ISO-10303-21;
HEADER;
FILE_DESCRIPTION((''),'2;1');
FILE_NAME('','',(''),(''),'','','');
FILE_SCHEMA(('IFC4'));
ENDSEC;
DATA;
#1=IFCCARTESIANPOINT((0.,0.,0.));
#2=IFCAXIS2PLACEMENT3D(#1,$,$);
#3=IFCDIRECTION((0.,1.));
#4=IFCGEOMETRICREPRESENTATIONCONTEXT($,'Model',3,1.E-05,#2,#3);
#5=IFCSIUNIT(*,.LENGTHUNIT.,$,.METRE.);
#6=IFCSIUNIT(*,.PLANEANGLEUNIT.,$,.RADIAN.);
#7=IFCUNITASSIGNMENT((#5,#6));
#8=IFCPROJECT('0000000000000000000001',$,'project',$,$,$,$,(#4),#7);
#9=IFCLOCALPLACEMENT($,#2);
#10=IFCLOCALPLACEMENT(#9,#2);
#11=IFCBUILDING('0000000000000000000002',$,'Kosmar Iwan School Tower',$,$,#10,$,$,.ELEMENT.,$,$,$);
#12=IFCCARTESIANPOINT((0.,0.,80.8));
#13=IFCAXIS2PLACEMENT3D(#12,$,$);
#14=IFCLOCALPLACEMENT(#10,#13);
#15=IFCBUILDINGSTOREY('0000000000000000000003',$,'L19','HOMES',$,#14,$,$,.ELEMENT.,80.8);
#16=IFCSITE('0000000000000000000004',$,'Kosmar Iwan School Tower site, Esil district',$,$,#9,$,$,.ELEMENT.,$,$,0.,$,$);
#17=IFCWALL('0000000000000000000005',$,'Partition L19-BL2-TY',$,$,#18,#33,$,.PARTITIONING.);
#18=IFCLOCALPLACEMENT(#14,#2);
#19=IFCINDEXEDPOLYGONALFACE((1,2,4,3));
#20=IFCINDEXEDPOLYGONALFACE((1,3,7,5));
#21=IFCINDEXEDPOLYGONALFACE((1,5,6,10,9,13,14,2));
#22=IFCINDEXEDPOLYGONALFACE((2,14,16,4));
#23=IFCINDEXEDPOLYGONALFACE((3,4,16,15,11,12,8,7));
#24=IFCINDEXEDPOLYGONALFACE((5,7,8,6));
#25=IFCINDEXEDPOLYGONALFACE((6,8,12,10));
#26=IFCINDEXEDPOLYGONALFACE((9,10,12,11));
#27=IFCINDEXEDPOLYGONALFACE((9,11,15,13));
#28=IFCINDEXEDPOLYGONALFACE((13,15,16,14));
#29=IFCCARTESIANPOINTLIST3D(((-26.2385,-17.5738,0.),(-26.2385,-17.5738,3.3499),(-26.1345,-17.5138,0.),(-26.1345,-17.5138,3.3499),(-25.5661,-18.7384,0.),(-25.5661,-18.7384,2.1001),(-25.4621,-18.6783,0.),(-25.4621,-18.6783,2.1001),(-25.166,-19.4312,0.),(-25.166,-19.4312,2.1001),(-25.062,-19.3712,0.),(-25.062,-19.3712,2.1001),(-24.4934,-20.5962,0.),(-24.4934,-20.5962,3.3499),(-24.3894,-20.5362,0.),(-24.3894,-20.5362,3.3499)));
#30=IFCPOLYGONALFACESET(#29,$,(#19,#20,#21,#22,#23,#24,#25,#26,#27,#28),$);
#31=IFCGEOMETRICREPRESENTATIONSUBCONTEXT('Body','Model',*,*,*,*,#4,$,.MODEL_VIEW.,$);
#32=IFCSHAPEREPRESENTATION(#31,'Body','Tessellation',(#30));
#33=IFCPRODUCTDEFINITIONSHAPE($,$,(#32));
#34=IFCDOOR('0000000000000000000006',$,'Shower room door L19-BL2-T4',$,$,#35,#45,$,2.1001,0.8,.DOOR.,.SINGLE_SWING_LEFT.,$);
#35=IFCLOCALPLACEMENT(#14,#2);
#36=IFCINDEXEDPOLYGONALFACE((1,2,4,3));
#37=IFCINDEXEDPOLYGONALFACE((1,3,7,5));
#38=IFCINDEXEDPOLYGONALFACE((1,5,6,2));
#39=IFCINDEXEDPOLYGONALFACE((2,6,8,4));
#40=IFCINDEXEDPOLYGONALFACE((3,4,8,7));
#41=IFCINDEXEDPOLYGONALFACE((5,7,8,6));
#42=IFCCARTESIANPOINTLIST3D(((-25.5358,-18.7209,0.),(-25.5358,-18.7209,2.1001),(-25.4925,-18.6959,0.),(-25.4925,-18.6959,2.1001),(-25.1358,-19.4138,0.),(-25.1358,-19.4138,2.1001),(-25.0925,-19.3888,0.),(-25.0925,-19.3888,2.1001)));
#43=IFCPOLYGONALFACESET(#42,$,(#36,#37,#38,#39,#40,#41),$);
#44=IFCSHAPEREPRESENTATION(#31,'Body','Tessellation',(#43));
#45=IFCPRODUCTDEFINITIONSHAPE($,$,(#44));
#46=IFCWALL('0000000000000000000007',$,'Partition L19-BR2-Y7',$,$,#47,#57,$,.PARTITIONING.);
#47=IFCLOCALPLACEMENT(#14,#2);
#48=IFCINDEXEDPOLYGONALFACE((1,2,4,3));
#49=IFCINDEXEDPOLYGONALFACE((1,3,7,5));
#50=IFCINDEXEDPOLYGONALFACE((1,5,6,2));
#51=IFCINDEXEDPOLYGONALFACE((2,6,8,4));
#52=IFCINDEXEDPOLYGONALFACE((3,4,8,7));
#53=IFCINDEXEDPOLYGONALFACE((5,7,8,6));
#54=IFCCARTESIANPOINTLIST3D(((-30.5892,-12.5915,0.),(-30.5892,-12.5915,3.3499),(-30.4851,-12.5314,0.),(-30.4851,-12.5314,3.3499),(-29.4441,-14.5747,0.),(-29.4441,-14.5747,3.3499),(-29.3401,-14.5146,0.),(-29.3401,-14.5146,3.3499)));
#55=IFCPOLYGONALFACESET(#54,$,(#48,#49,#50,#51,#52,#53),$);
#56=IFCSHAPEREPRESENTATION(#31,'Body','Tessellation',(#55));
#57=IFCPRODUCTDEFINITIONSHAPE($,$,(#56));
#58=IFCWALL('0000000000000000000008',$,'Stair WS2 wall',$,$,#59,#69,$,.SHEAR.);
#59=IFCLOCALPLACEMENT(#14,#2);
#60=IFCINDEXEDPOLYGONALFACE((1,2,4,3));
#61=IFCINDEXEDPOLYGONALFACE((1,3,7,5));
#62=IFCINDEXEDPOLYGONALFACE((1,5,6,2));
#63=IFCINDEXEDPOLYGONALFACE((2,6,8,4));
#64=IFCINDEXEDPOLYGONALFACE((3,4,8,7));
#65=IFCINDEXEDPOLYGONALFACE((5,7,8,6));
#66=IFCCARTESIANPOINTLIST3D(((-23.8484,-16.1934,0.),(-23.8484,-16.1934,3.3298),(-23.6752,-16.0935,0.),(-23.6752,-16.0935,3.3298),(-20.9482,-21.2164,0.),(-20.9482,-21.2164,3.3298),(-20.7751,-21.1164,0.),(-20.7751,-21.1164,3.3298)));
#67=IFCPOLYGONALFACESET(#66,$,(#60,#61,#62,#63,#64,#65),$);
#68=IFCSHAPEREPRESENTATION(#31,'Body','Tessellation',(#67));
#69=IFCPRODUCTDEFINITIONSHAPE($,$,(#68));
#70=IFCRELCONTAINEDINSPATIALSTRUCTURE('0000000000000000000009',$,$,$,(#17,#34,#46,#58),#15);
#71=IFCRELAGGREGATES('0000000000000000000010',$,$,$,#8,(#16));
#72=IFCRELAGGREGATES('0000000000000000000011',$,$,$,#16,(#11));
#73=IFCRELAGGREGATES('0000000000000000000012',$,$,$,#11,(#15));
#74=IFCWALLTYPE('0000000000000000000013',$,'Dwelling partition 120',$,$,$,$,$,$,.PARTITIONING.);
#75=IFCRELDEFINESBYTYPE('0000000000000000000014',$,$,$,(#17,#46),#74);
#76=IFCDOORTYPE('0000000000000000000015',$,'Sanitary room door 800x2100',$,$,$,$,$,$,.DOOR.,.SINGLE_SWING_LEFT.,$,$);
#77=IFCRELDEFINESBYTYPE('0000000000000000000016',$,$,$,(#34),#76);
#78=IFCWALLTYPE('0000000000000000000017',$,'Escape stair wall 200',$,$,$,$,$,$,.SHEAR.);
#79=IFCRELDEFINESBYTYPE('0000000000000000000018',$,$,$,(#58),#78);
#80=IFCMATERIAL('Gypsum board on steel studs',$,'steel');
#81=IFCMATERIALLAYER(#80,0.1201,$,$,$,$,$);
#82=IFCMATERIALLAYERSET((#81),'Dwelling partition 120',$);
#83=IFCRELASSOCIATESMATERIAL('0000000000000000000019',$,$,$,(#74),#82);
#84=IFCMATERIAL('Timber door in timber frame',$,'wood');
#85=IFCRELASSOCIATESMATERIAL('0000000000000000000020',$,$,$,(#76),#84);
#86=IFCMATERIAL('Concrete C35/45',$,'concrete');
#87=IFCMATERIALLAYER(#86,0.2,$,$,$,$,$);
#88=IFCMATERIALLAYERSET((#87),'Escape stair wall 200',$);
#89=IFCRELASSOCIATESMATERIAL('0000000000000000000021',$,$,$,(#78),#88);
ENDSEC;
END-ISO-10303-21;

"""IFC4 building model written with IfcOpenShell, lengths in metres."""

from ifc_helpers import new_model, si_unit, direction, frame, frame_2d, origin, place, context, subcontext, project, spatial, rectangle, extrude, material, layer, layer_set, type_object, element, fill, save


model = new_model("IFC4")

# Units and contexts
model_context = context("Model", 3, precision=1e-05, world=origin(), true_north=direction((0.0, 1.0)))
body_context = subcontext(model_context, "Body", "Model", "MODEL_VIEW")
ifc_project = project(units=[si_unit("LENGTHUNIT", "METRE"), si_unit("PLANEANGLEUNIT", "RADIAN")], contexts=[model_context])

# Site, building, storey
site_placement = place(None, origin())
site = spatial("IfcSite", under=ifc_project, at=site_placement, Name="Kosmar Iwan School Tower site, Esil district", CompositionType="ELEMENT", RefElevation=0.0)
building_placement = place(site_placement, origin())
building = spatial("IfcBuilding", under=site, at=building_placement, Name="Kosmar Iwan School Tower", CompositionType="ELEMENT")
storey_placement = place(building_placement, frame((0.0, 0.0, 80.8)))
storey = spatial("IfcBuildingStorey", under=building, at=storey_placement, Name="L19", Description="HOMES", CompositionType="ELEMENT", Elevation=80.8)

# Wall, opening, door
ifc_material_1 = material(Name="Gypsum board on steel studs", Category="steel")
ifc_layer_1 = layer(ifc_material_1, 0.1201)
ifc_layer_set_1 = layer_set([ifc_layer_1], Name="Dwelling partition 120")
wall_type_1 = type_object("IfcWallType", Name="Dwelling partition 120", PredefinedType="PARTITIONING", material=ifc_layer_set_1)
wall_1_placement = place(storey_placement, frame((-26.1865, -17.5437, 0.0), z_axis=(0.0, 0.0, 1.0), x_axis=(0.500021, -0.866013, 0.0)))
wall_1 = element("IfcWall", 1, at=wall_1_placement, inside=storey, type_object=wall_type_1, Name="Partition L19-BL2-TY", PredefinedType="PARTITIONING", context=body_context, shape_type="SweptSolid", body=[
    extrude(rectangle(XDim=3.49, YDim=0.1201, at=frame_2d((1.7451, 0.0))), origin(), (0.0, 0.0, 1.0), 3.3499),
])
opening_1_placement = place(wall_1_placement, frame((1.345, 0.0, 0.0)))
opening_1 = element("IfcOpeningElement", 2, at=opening_1_placement, cuts=wall_1, PredefinedType="OPENING", context=body_context, shape_type="SweptSolid", body=[
    extrude(rectangle(XDim=0.8, YDim=2.1001, at=frame_2d((0.3999, 1.05))), frame((0.0, 0.072, 0.0), z_axis=(0.0, -1.0, 0.0), x_axis=(1.0, 0.0, 0.0)), (0.0, 0.0, 1.0), 0.144),
])
ifc_material_2 = material(Name="Timber door in timber frame", Category="wood")
door_type_1 = type_object("IfcDoorType", Name="Sanitary room door 800x2100", OperationType="SINGLE_SWING_LEFT", PredefinedType="DOOR", material=ifc_material_2)
door_1_placement = place(opening_1_placement, origin())
door_1 = element("IfcDoor", 3, at=door_1_placement, inside=storey, type_object=door_type_1, Name="Shower room door L19-BL2-T4", OperationType="SINGLE_SWING_LEFT", OverallHeight=2.1001, OverallWidth=0.8, PredefinedType="DOOR", context=body_context, shape_type="SweptSolid", body=[
    extrude(rectangle(XDim=0.8, YDim=2.1001, at=frame_2d((0.3999, 1.05))), frame((0.0, 0.0249, 0.0), z_axis=(0.0, -1.0, 0.0), x_axis=(1.0, 0.0, 0.0)), (0.0, 0.0, 1.0), 0.05),
])
fill(opening_1, door_1)

# Walls
wall_2_placement = place(storey_placement, frame((-29.3921, -14.5447, 0.0), z_axis=(0.0, 0.0, 1.0), x_axis=(-0.500015, 0.866017, 0.0)))
element("IfcWall", 4, at=wall_2_placement, inside=storey, type_object=wall_type_1, Name="Partition L19-BR2-Y7", PredefinedType="PARTITIONING", context=body_context, shape_type="SweptSolid", body=[
    extrude(rectangle(XDim=2.29, YDim=0.1201, at=frame_2d((1.145, 0.0))), origin(), (0.0, 0.0, 1.0), 3.3499),
])
ifc_material_3 = material(Name="Concrete C35/45", Category="concrete")
ifc_layer_2 = layer(ifc_material_3, 0.2)
ifc_layer_set_2 = layer_set([ifc_layer_2], Name="Escape stair wall 200")
wall_type_2 = type_object("IfcWallType", Name="Escape stair wall 200", PredefinedType="SHEAR", material=ifc_layer_set_2)
wall_3_placement = place(storey_placement, frame((-23.7617, -16.1436, 0.0), z_axis=(0.0, 0.0, 1.0), x_axis=(0.500019, -0.866015, 0.0)))
element("IfcWall", 5, at=wall_3_placement, inside=storey, type_object=wall_type_2, Name="Stair WS2 wall", PredefinedType="SHEAR", context=body_context, shape_type="SweptSolid", body=[
    extrude(rectangle(XDim=5.8, YDim=0.2, at=frame_2d((2.8999, 0.0))), origin(), (0.0, 0.0, 1.0), 3.3298),
])

save(model, "model.ifc")
